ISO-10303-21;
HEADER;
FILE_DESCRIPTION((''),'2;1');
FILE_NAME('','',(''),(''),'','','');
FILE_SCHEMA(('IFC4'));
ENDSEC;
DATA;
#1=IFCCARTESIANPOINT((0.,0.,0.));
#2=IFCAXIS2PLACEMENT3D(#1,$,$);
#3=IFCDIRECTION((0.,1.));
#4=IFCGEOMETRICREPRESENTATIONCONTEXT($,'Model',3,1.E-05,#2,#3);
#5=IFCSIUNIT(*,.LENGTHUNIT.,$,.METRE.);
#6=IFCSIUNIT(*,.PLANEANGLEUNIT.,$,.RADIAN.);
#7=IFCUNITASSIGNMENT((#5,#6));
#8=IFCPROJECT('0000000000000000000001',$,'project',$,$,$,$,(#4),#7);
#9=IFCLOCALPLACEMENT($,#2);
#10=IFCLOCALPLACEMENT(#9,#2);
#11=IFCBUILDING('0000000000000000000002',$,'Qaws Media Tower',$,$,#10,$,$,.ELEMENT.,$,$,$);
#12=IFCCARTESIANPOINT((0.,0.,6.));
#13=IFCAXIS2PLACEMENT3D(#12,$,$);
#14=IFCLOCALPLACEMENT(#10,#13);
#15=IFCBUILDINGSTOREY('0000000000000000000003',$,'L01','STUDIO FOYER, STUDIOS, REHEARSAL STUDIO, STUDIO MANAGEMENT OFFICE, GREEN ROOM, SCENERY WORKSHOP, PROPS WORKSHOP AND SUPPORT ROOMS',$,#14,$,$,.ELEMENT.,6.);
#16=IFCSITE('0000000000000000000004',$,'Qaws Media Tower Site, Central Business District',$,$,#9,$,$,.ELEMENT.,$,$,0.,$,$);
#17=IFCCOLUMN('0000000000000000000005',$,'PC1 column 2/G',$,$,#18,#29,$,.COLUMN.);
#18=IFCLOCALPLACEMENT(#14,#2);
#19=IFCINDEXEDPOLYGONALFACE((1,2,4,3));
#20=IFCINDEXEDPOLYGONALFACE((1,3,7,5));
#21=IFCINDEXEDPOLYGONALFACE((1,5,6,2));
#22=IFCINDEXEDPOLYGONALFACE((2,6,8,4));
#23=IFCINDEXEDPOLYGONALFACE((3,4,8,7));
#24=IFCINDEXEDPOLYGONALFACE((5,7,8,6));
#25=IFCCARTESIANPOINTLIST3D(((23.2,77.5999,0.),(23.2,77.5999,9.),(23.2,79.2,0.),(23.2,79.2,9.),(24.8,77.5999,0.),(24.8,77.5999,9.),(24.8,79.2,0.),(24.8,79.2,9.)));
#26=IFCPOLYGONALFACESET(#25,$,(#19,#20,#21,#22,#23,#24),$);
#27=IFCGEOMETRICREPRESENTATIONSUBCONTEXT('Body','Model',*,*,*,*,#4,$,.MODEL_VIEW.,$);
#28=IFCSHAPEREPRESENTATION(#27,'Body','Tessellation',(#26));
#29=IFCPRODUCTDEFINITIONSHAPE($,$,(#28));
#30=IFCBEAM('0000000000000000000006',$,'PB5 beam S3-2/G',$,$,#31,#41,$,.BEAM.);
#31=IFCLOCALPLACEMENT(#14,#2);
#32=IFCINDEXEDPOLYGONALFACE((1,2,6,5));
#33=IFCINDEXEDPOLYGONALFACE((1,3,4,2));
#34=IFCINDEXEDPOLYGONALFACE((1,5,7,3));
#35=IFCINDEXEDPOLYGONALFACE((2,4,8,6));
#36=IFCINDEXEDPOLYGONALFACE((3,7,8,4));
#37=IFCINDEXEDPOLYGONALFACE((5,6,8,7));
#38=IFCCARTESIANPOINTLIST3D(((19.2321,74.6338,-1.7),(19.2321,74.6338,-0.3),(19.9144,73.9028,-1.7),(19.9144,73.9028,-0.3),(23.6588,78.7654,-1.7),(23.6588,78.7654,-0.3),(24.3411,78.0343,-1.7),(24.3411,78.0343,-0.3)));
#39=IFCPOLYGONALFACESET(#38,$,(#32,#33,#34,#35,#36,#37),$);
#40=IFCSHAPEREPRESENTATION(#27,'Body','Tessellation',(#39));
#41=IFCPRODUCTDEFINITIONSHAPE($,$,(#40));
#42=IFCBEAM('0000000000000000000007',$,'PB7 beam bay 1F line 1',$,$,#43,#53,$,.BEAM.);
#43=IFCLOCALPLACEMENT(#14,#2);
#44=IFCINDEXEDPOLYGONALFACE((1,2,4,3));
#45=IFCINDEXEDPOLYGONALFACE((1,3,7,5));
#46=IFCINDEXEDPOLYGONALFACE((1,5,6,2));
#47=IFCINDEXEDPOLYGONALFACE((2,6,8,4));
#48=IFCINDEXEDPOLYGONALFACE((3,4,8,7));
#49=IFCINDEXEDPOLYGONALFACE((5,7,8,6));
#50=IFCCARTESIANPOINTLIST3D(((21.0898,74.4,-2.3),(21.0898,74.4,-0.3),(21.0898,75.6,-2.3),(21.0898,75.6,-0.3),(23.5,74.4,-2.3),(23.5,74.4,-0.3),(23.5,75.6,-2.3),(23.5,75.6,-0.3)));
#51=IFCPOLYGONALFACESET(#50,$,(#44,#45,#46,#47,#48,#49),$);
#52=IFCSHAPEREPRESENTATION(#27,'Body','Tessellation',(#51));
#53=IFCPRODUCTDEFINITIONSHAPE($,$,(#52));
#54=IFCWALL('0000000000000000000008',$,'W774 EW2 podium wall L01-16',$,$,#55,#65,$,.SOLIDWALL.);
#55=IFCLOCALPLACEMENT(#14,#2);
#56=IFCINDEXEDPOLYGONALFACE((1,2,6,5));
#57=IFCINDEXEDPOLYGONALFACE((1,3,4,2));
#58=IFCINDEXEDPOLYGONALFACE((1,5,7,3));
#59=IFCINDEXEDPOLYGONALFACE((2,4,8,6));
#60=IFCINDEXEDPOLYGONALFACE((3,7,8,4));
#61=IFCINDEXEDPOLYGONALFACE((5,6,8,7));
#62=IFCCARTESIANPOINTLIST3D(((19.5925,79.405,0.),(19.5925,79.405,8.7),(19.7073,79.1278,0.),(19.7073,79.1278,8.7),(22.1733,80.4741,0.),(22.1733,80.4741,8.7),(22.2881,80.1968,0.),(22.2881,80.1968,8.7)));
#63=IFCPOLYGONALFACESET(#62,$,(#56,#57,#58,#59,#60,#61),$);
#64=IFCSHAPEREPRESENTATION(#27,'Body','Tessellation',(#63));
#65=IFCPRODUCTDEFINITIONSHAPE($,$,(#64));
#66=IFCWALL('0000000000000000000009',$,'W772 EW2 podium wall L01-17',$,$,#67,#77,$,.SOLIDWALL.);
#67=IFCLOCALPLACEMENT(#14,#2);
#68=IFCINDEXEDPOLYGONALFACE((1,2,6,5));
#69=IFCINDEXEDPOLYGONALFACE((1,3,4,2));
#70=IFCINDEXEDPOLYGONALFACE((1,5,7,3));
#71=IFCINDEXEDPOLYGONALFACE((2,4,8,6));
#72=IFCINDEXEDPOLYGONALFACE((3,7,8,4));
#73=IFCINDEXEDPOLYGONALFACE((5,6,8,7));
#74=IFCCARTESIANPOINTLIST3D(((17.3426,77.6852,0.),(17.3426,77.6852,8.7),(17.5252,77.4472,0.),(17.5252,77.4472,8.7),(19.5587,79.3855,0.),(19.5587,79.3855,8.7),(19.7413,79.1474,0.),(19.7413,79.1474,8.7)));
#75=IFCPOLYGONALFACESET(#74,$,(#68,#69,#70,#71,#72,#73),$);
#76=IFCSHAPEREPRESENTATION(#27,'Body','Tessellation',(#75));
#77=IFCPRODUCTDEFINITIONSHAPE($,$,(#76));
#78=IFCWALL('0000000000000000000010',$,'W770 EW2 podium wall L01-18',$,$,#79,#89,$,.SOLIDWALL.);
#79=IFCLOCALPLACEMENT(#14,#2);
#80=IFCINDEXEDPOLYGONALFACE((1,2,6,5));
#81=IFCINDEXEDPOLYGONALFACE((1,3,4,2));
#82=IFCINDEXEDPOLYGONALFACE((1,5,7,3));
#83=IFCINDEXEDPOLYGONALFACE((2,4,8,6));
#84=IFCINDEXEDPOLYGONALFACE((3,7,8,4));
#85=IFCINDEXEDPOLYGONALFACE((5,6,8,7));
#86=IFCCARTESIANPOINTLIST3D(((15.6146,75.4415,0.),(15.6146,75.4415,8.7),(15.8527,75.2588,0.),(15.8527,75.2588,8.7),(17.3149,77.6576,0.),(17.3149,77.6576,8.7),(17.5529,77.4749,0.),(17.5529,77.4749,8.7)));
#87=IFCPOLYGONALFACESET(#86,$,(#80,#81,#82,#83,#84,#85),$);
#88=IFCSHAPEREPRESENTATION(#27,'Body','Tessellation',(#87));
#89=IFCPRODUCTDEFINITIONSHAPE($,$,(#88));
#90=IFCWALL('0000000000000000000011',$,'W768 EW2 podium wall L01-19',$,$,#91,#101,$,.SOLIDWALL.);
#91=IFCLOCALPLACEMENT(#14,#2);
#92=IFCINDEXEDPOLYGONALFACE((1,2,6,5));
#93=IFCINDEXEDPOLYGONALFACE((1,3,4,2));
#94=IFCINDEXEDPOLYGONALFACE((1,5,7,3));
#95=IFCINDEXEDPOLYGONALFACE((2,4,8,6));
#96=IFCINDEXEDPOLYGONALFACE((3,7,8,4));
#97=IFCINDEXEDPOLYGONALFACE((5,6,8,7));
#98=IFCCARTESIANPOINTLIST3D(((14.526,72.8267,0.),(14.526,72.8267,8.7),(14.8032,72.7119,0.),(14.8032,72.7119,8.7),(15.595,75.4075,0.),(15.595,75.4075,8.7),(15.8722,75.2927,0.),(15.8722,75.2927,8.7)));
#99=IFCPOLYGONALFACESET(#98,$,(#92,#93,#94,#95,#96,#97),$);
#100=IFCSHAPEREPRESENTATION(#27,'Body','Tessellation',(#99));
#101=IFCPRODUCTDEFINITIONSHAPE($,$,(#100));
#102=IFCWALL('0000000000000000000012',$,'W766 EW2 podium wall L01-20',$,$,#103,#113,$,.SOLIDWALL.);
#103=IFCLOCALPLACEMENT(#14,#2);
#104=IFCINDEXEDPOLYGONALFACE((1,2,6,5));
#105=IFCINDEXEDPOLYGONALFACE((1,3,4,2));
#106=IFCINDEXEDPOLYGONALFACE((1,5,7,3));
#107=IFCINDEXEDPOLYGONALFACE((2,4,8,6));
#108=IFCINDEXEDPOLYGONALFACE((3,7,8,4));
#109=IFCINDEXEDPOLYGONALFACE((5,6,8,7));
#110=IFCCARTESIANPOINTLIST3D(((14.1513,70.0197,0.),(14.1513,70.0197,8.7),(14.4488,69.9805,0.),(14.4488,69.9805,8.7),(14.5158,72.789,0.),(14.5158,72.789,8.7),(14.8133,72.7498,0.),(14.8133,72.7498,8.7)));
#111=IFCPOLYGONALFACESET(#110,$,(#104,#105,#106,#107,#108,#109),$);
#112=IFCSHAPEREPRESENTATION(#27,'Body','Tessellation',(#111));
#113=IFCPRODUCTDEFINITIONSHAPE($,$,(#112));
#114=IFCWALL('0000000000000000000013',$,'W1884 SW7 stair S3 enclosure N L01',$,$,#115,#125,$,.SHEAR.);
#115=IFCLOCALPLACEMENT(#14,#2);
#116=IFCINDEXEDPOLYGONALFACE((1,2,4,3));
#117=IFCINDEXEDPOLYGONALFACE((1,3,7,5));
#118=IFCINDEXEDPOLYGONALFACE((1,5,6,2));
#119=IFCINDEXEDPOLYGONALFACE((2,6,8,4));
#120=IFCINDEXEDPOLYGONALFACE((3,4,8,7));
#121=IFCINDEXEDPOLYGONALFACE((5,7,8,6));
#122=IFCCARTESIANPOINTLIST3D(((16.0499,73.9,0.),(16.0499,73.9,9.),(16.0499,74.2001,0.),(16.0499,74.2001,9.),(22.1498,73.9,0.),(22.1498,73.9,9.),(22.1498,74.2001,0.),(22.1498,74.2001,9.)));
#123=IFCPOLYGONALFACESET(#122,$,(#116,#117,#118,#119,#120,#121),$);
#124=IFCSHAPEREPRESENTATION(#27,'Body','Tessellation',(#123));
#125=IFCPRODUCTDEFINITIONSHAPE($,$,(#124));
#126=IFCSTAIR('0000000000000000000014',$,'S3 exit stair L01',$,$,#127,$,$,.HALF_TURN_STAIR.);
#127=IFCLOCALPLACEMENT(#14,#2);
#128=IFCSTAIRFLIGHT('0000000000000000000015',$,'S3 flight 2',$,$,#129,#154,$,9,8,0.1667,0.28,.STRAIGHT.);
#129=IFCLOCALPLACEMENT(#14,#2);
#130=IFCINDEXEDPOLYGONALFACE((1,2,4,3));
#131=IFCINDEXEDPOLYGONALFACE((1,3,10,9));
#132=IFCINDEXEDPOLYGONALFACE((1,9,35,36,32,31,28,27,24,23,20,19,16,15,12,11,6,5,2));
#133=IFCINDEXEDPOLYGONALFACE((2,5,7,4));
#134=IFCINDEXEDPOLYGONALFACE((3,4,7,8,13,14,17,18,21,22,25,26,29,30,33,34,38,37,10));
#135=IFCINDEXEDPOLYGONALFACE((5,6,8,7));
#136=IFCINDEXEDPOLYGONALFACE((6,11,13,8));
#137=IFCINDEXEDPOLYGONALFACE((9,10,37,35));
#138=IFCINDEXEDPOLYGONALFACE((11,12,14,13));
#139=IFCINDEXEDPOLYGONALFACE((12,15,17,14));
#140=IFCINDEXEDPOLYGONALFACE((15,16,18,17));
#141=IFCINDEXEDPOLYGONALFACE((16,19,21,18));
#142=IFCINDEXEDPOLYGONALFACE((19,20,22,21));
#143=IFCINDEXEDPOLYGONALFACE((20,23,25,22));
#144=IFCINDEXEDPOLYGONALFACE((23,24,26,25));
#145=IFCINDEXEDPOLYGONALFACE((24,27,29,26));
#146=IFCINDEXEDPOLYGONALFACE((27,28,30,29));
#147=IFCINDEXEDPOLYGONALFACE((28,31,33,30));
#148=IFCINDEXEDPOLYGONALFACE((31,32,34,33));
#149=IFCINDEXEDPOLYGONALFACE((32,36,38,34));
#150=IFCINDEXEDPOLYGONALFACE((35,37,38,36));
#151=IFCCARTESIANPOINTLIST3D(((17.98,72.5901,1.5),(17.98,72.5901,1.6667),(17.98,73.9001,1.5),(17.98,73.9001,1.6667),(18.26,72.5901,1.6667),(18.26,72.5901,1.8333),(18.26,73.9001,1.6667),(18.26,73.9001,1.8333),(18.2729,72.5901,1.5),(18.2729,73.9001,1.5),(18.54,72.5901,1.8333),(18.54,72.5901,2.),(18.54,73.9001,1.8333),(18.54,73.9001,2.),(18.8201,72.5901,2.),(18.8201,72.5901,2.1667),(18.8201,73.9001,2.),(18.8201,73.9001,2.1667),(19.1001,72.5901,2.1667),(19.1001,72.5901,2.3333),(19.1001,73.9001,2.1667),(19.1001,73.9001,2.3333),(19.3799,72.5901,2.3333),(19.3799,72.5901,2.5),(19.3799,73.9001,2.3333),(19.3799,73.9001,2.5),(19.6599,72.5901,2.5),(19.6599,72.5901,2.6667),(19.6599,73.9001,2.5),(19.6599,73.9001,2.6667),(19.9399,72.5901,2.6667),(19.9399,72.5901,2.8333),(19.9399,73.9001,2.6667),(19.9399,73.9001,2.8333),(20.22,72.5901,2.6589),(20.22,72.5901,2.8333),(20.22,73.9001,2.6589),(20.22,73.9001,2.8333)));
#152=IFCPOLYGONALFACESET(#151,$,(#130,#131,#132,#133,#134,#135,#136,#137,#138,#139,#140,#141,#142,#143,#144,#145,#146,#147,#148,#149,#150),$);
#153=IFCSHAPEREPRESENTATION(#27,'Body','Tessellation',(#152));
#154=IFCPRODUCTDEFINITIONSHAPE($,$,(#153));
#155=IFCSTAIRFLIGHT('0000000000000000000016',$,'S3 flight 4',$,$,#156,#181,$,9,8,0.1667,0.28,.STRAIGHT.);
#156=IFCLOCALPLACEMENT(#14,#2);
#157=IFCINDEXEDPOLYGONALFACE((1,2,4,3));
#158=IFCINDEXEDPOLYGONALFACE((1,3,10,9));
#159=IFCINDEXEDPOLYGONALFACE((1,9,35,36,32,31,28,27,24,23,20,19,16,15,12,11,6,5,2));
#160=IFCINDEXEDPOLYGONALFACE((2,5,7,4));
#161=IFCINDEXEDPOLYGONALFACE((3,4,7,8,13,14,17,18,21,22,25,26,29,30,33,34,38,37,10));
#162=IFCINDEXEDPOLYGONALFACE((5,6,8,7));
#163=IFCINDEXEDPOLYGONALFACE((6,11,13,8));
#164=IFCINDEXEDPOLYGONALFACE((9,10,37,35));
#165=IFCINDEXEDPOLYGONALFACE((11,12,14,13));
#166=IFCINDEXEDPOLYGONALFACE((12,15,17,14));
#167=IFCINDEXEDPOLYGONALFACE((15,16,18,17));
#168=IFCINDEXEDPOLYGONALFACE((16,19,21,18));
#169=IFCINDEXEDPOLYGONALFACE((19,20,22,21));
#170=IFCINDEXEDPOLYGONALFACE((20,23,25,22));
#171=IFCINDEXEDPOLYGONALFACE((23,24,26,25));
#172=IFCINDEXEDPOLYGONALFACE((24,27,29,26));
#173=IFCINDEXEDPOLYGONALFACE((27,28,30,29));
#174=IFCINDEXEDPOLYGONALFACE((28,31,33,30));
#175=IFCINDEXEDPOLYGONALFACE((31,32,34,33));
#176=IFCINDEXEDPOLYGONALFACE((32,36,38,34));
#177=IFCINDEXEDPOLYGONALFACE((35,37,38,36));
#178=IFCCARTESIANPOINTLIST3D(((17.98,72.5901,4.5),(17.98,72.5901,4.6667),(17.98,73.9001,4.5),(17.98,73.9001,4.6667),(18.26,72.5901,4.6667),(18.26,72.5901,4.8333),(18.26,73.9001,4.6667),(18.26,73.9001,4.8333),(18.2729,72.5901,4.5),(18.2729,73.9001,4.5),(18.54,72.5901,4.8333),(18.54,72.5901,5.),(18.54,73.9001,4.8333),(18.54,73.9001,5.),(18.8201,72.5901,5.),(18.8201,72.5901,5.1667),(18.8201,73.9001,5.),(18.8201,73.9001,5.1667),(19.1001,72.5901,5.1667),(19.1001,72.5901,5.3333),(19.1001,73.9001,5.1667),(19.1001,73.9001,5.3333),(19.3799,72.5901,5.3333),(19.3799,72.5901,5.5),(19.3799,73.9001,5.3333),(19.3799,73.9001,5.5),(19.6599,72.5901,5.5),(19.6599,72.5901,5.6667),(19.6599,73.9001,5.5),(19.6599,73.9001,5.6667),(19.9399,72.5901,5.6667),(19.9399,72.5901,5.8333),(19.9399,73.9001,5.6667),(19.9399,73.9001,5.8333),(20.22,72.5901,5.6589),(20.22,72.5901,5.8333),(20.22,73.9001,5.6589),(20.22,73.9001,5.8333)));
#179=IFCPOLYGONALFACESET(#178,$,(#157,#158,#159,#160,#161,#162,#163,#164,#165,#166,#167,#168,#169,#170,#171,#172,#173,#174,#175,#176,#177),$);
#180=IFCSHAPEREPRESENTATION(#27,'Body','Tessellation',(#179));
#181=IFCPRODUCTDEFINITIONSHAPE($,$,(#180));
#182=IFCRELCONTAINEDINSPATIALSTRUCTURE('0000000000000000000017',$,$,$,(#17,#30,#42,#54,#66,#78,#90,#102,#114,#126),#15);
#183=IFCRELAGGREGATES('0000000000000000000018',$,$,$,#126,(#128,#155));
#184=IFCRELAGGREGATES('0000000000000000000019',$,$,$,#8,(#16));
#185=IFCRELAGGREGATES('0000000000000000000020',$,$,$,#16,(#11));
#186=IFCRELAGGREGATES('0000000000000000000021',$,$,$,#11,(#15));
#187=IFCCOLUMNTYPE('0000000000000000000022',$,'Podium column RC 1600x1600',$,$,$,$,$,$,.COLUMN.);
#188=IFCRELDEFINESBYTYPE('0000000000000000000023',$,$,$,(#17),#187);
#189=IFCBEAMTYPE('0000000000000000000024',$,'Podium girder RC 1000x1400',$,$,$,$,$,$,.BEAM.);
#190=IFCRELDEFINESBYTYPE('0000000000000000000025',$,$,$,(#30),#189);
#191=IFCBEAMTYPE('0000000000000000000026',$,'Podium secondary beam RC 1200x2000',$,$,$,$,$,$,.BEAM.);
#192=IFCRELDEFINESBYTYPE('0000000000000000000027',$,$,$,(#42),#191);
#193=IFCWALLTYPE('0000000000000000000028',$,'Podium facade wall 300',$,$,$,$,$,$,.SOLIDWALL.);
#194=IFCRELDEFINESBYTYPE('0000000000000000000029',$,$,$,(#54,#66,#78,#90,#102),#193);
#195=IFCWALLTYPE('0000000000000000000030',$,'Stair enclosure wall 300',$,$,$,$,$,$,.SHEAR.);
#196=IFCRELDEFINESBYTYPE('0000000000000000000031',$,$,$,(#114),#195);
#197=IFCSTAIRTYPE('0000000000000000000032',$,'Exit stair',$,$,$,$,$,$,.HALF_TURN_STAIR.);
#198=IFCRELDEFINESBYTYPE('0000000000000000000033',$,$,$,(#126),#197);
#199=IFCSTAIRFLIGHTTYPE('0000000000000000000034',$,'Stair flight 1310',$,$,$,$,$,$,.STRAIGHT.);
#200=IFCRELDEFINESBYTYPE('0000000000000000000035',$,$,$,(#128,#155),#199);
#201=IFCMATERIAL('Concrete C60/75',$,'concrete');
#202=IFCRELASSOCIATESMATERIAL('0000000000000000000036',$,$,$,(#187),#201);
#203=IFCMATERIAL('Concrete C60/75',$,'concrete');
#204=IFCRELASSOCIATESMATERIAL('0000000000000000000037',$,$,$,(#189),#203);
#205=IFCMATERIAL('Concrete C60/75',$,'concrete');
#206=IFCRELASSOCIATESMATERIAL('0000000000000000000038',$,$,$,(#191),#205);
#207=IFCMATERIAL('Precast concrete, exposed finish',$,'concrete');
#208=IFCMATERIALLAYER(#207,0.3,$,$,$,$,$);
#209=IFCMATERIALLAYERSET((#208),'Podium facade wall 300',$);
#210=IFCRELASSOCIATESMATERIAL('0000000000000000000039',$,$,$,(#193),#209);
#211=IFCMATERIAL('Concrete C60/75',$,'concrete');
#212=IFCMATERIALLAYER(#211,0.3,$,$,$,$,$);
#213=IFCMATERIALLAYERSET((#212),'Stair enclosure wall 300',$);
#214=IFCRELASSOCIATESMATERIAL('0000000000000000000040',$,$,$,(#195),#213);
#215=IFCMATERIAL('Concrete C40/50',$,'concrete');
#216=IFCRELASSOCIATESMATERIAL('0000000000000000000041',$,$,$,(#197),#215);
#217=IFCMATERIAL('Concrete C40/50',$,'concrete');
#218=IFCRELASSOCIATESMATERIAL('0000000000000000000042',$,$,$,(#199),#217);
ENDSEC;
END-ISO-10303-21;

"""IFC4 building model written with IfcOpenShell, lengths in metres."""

from ifc_helpers import new_model, si_unit, direction, frame, frame_2d, origin, origin_2d, place, context, subcontext, project, spatial, polyline, rectangle, outline, extrude, material, layer, layer_set, material_profile, profile_set, type_object, element, aggregate, save


model = new_model("IFC4")

# Units and contexts
model_context = context("Model", 3, precision=1e-05, world=origin(), true_north=direction((0.0, 1.0)))
body_context = subcontext(model_context, "Body", "Model", "MODEL_VIEW")
ifc_project = project(units=[si_unit("LENGTHUNIT", "METRE"), si_unit("PLANEANGLEUNIT", "RADIAN")], contexts=[model_context])

# Site, building, storey
site_placement = place(None, origin())
site = spatial("IfcSite", under=ifc_project, at=site_placement, Name="Qaws Media Tower Site, Central Business District", CompositionType="ELEMENT", RefElevation=0.0)
building_placement = place(site_placement, origin())
building = spatial("IfcBuilding", under=site, at=building_placement, Name="Qaws Media Tower", CompositionType="ELEMENT")
storey_placement = place(building_placement, frame((0.0, 0.0, 6.0)))
storey = spatial("IfcBuildingStorey", under=building, at=storey_placement, Name="L01", Description="STUDIO FOYER, STUDIOS, REHEARSAL STUDIO, STUDIO MANAGEMENT OFFICE, GREEN ROOM, SCENERY WORKSHOP, PROPS WORKSHOP AND SUPPORT ROOMS", CompositionType="ELEMENT", Elevation=6.0)

# Column
ifc_material_1 = material(Name="Concrete C60/75", Category="concrete")
ifc_material_profile_1 = material_profile(ifc_material_1, rectangle(XDim=1.6001, YDim=1.6001, at=origin_2d()), Name="RC 1600x1600")
ifc_profile_set_1 = profile_set([ifc_material_profile_1], Name="Concrete C60/75")
column_type = type_object("IfcColumnType", Name="Podium column RC 1600x1600", PredefinedType="COLUMN", material=ifc_profile_set_1)
column_placement = place(storey_placement, frame((24.0, 78.3999, 0.0), z_axis=(0.0, 0.0, 1.0), x_axis=(1.0, 0.0, 0.0)))
element("IfcColumn", 1, at=column_placement, inside=storey, type_object=column_type, Name="PC1 column 2/G", PredefinedType="COLUMN", context=body_context, shape_type="SweptSolid", body=[
    extrude(rectangle(XDim=1.6001, YDim=1.6001, at=origin_2d()), origin(), (0.0, 0.0, 1.0), 9.0),
])

# Beams
ifc_material_2 = material(Name="Concrete C60/75", Category="concrete")
ifc_material_profile_2 = material_profile(ifc_material_2, rectangle(XDim=1.0, YDim=1.3999, at=origin_2d()), Name="RC 1000x1400")
ifc_profile_set_2 = profile_set([ifc_material_profile_2], Name="Concrete C60/75")
beam_type_1 = type_object("IfcBeamType", Name="Podium girder RC 1000x1400", PredefinedType="BEAM", material=ifc_profile_set_2)
beam_1_placement = place(storey_placement, frame((19.5732, 74.2683, -1.0), z_axis=(0.731059, 0.682314, 0.0), x_axis=(-0.682314, 0.731059, 0.0)))
element("IfcBeam", 2, at=beam_1_placement, inside=storey, type_object=beam_type_1, Name="PB5 beam S3-2/G", PredefinedType="BEAM", context=body_context, shape_type="SweptSolid", body=[
    extrude(rectangle(XDim=1.0, YDim=1.3999, at=origin_2d()), origin(), (0.0, 0.0, 1.0), 6.0552),
])
ifc_material_3 = material(Name="Concrete C60/75", Category="concrete")
ifc_material_profile_3 = material_profile(ifc_material_3, rectangle(XDim=1.2, YDim=2.0, at=origin_2d()), Name="RC 1200x2000")
ifc_profile_set_3 = profile_set([ifc_material_profile_3], Name="Concrete C60/75")
beam_type_2 = type_object("IfcBeamType", Name="Podium secondary beam RC 1200x2000", PredefinedType="BEAM", material=ifc_profile_set_3)
beam_2_placement = place(storey_placement, frame((21.0898, 75.0, -1.3), z_axis=(1.0, 0.0, 0.0), x_axis=(0.0, 1.0, 0.0)))
element("IfcBeam", 3, at=beam_2_placement, inside=storey, type_object=beam_type_2, Name="PB7 beam bay 1F line 1", PredefinedType="BEAM", context=body_context, shape_type="SweptSolid", body=[
    extrude(rectangle(XDim=1.2, YDim=2.0, at=origin_2d()), origin(), (0.0, 0.0, 1.0), 2.4102),
])

# Walls
ifc_material_4 = material(Name="Precast concrete, exposed finish", Category="concrete")
ifc_layer_1 = layer(ifc_material_4, 0.3)
ifc_layer_set_1 = layer_set([ifc_layer_1], Name="Podium facade wall 300")
wall_type_1 = type_object("IfcWallType", Name="Podium facade wall 300", PredefinedType="SOLIDWALL", material=ifc_layer_set_1)
wall_1_placement = place(storey_placement, frame((22.2307, 80.3354, 0.0), z_axis=(0.0, 0.0, 1.0), x_axis=(-0.923869, -0.382709, 0.0)))
element("IfcWall", 4, at=wall_1_placement, inside=storey, type_object=wall_type_1, Name="W774 EW2 podium wall L01-16", PredefinedType="SOLIDWALL", context=body_context, shape_type="SweptSolid", body=[
    extrude(rectangle(XDim=2.7935, YDim=0.3, at=frame_2d((1.3967, 0.0))), origin(), (0.0, 0.0, 1.0), 8.7),
])
for number, where, z_axis, x_axis, name in (
    (5, (19.6499, 79.2664, 0.0), (0.0, 0.0, 1.0), (-0.793397, -0.608705, 0.0), "W772 EW2 podium wall L01-17"),
    (6, (17.4338, 77.5662, 0.0), (0.0, 0.0, 1.0), (-0.608705, -0.793397, 0.0), "W770 EW2 podium wall L01-18"),
):
    element("IfcWall", number, at=place(storey_placement, frame(where, z_axis=z_axis, x_axis=x_axis)), inside=storey, type_object=wall_type_1, Name=name, PredefinedType="SOLIDWALL", context=body_context, shape_type="SweptSolid", body=[
        extrude(rectangle(XDim=2.7932, YDim=0.3, at=frame_2d((1.3965, 0.0))), origin(), (0.0, 0.0, 1.0), 8.7),
    ])
wall_2_placement = place(storey_placement, frame((15.7336, 75.3501, 0.0), z_axis=(0.0, 0.0, 1.0), x_axis=(-0.382709, -0.923869, 0.0)))
element("IfcWall", 7, at=wall_2_placement, inside=storey, type_object=wall_type_1, Name="W768 EW2 podium wall L01-19", PredefinedType="SOLIDWALL", context=body_context, shape_type="SweptSolid", body=[
    extrude(rectangle(XDim=2.7935, YDim=0.3, at=frame_2d((1.3967, 0.0))), origin(), (0.0, 0.0, 1.0), 8.7),
])
wall_3_placement = place(storey_placement, frame((14.6646, 72.7693, 0.0), z_axis=(0.0, 0.0, 1.0), x_axis=(-0.130497, -0.991449, 0.0)))
element("IfcWall", 8, at=wall_3_placement, inside=storey, type_object=wall_type_1, Name="W766 EW2 podium wall L01-20", PredefinedType="SOLIDWALL", context=body_context, shape_type="SweptSolid", body=[
    extrude(rectangle(XDim=2.7932, YDim=0.3, at=frame_2d((1.3965, 0.0))), origin(), (0.0, 0.0, 1.0), 8.7),
])
ifc_material_5 = material(Name="Concrete C60/75", Category="concrete")
ifc_layer_2 = layer(ifc_material_5, 0.3)
ifc_layer_set_2 = layer_set([ifc_layer_2], Name="Stair enclosure wall 300")
wall_type_2 = type_object("IfcWallType", Name="Stair enclosure wall 300", PredefinedType="SHEAR", material=ifc_layer_set_2)
wall_4_placement = place(storey_placement, frame((16.05, 74.05, 0.0), z_axis=(0.0, 0.0, 1.0), x_axis=(1.0, 0.0, 0.0)))
element("IfcWall", 9, at=wall_4_placement, inside=storey, type_object=wall_type_2, Name="W1884 SW7 stair S3 enclosure N L01", PredefinedType="SHEAR", context=body_context, shape_type="SweptSolid", body=[
    extrude(rectangle(XDim=6.0999, YDim=0.3, at=frame_2d((3.0498, 0.0))), origin(), (0.0, 0.0, 1.0), 9.0),
])

# Stair, stair flights
ifc_material_6 = material(Name="Concrete C40/50", Category="concrete")
stair_type = type_object("IfcStairType", Name="Exit stair", PredefinedType="HALF_TURN_STAIR", material=ifc_material_6)
stair_placement = place(storey_placement, origin())
stair = element("IfcStair", 10, at=stair_placement, inside=storey, type_object=stair_type, Name="S3 exit stair L01", PredefinedType="HALF_TURN_STAIR")
ifc_material_7 = material(Name="Concrete C40/50", Category="concrete")
stair_flight_type = type_object("IfcStairFlightType", Name="Stair flight 1310", PredefinedType="STRAIGHT", material=ifc_material_7)
stair_flight_1_placement = place(storey_placement, frame((17.98, 73.2451, 1.5), z_axis=(0.0, 0.0, 1.0), x_axis=(1.0, 0.0, 0.0)))
stair_flight_1 = element("IfcStairFlight", 11, at=stair_flight_1_placement, type_object=stair_flight_type, Name="S3 flight 2", NumberOfRisers=9, NumberOfTreads=8, PredefinedType="STRAIGHT", RiserHeight=0.1667, TreadLength=0.28, context=body_context, shape_type="SweptSolid", body=[
    extrude(outline(polyline([(0.0, 0.0), (0.0, 0.1667), (0.28, 0.1667), (0.28, 0.3333), (0.5601, 0.3333), (0.5601, 0.5), (0.8401, 0.5), (0.8401, 0.6667), (1.1201, 0.6667), (1.1201, 0.8333), (1.3999, 0.8333), (1.3999, 1.0), (1.6799, 1.0), (1.6799, 1.1667), (1.96, 1.1667), (1.96, 1.3333), (2.24, 1.3333), (2.24, 1.5), (2.24, 1.1589), (0.293, 0.0), (0.0, 0.0)])), frame((0.0, 0.655, 0.0), z_axis=(0.0, -1.0, 0.0), x_axis=(1.0, 0.0, 0.0)), (0.0, 0.0, 1.0), 1.3101),
])
stair_flight_2_placement = place(storey_placement, frame((17.98, 73.2451, 4.5), z_axis=(0.0, 0.0, 1.0), x_axis=(1.0, 0.0, 0.0)))
stair_flight_2 = element("IfcStairFlight", 12, at=stair_flight_2_placement, type_object=stair_flight_type, Name="S3 flight 4", NumberOfRisers=9, NumberOfTreads=8, PredefinedType="STRAIGHT", RiserHeight=0.1667, TreadLength=0.28, context=body_context, shape_type="SweptSolid", body=[
    extrude(outline(polyline([(0.0, 0.0), (0.0, 0.1667), (0.28, 0.1667), (0.28, 0.3333), (0.5601, 0.3333), (0.5601, 0.5), (0.8401, 0.5), (0.8401, 0.6667), (1.1201, 0.6667), (1.1201, 0.8333), (1.3999, 0.8333), (1.3999, 1.0), (1.6799, 1.0), (1.6799, 1.1667), (1.96, 1.1667), (1.96, 1.3333), (2.24, 1.3333), (2.24, 1.5), (2.24, 1.1589), (0.293, 0.0), (0.0, 0.0)])), frame((0.0, 0.655, 0.0), z_axis=(0.0, -1.0, 0.0), x_axis=(1.0, 0.0, 0.0)), (0.0, 0.0, 1.0), 1.3101),
])
aggregate(stair, [stair_flight_1, stair_flight_2])

save(model, "model.ifc")
